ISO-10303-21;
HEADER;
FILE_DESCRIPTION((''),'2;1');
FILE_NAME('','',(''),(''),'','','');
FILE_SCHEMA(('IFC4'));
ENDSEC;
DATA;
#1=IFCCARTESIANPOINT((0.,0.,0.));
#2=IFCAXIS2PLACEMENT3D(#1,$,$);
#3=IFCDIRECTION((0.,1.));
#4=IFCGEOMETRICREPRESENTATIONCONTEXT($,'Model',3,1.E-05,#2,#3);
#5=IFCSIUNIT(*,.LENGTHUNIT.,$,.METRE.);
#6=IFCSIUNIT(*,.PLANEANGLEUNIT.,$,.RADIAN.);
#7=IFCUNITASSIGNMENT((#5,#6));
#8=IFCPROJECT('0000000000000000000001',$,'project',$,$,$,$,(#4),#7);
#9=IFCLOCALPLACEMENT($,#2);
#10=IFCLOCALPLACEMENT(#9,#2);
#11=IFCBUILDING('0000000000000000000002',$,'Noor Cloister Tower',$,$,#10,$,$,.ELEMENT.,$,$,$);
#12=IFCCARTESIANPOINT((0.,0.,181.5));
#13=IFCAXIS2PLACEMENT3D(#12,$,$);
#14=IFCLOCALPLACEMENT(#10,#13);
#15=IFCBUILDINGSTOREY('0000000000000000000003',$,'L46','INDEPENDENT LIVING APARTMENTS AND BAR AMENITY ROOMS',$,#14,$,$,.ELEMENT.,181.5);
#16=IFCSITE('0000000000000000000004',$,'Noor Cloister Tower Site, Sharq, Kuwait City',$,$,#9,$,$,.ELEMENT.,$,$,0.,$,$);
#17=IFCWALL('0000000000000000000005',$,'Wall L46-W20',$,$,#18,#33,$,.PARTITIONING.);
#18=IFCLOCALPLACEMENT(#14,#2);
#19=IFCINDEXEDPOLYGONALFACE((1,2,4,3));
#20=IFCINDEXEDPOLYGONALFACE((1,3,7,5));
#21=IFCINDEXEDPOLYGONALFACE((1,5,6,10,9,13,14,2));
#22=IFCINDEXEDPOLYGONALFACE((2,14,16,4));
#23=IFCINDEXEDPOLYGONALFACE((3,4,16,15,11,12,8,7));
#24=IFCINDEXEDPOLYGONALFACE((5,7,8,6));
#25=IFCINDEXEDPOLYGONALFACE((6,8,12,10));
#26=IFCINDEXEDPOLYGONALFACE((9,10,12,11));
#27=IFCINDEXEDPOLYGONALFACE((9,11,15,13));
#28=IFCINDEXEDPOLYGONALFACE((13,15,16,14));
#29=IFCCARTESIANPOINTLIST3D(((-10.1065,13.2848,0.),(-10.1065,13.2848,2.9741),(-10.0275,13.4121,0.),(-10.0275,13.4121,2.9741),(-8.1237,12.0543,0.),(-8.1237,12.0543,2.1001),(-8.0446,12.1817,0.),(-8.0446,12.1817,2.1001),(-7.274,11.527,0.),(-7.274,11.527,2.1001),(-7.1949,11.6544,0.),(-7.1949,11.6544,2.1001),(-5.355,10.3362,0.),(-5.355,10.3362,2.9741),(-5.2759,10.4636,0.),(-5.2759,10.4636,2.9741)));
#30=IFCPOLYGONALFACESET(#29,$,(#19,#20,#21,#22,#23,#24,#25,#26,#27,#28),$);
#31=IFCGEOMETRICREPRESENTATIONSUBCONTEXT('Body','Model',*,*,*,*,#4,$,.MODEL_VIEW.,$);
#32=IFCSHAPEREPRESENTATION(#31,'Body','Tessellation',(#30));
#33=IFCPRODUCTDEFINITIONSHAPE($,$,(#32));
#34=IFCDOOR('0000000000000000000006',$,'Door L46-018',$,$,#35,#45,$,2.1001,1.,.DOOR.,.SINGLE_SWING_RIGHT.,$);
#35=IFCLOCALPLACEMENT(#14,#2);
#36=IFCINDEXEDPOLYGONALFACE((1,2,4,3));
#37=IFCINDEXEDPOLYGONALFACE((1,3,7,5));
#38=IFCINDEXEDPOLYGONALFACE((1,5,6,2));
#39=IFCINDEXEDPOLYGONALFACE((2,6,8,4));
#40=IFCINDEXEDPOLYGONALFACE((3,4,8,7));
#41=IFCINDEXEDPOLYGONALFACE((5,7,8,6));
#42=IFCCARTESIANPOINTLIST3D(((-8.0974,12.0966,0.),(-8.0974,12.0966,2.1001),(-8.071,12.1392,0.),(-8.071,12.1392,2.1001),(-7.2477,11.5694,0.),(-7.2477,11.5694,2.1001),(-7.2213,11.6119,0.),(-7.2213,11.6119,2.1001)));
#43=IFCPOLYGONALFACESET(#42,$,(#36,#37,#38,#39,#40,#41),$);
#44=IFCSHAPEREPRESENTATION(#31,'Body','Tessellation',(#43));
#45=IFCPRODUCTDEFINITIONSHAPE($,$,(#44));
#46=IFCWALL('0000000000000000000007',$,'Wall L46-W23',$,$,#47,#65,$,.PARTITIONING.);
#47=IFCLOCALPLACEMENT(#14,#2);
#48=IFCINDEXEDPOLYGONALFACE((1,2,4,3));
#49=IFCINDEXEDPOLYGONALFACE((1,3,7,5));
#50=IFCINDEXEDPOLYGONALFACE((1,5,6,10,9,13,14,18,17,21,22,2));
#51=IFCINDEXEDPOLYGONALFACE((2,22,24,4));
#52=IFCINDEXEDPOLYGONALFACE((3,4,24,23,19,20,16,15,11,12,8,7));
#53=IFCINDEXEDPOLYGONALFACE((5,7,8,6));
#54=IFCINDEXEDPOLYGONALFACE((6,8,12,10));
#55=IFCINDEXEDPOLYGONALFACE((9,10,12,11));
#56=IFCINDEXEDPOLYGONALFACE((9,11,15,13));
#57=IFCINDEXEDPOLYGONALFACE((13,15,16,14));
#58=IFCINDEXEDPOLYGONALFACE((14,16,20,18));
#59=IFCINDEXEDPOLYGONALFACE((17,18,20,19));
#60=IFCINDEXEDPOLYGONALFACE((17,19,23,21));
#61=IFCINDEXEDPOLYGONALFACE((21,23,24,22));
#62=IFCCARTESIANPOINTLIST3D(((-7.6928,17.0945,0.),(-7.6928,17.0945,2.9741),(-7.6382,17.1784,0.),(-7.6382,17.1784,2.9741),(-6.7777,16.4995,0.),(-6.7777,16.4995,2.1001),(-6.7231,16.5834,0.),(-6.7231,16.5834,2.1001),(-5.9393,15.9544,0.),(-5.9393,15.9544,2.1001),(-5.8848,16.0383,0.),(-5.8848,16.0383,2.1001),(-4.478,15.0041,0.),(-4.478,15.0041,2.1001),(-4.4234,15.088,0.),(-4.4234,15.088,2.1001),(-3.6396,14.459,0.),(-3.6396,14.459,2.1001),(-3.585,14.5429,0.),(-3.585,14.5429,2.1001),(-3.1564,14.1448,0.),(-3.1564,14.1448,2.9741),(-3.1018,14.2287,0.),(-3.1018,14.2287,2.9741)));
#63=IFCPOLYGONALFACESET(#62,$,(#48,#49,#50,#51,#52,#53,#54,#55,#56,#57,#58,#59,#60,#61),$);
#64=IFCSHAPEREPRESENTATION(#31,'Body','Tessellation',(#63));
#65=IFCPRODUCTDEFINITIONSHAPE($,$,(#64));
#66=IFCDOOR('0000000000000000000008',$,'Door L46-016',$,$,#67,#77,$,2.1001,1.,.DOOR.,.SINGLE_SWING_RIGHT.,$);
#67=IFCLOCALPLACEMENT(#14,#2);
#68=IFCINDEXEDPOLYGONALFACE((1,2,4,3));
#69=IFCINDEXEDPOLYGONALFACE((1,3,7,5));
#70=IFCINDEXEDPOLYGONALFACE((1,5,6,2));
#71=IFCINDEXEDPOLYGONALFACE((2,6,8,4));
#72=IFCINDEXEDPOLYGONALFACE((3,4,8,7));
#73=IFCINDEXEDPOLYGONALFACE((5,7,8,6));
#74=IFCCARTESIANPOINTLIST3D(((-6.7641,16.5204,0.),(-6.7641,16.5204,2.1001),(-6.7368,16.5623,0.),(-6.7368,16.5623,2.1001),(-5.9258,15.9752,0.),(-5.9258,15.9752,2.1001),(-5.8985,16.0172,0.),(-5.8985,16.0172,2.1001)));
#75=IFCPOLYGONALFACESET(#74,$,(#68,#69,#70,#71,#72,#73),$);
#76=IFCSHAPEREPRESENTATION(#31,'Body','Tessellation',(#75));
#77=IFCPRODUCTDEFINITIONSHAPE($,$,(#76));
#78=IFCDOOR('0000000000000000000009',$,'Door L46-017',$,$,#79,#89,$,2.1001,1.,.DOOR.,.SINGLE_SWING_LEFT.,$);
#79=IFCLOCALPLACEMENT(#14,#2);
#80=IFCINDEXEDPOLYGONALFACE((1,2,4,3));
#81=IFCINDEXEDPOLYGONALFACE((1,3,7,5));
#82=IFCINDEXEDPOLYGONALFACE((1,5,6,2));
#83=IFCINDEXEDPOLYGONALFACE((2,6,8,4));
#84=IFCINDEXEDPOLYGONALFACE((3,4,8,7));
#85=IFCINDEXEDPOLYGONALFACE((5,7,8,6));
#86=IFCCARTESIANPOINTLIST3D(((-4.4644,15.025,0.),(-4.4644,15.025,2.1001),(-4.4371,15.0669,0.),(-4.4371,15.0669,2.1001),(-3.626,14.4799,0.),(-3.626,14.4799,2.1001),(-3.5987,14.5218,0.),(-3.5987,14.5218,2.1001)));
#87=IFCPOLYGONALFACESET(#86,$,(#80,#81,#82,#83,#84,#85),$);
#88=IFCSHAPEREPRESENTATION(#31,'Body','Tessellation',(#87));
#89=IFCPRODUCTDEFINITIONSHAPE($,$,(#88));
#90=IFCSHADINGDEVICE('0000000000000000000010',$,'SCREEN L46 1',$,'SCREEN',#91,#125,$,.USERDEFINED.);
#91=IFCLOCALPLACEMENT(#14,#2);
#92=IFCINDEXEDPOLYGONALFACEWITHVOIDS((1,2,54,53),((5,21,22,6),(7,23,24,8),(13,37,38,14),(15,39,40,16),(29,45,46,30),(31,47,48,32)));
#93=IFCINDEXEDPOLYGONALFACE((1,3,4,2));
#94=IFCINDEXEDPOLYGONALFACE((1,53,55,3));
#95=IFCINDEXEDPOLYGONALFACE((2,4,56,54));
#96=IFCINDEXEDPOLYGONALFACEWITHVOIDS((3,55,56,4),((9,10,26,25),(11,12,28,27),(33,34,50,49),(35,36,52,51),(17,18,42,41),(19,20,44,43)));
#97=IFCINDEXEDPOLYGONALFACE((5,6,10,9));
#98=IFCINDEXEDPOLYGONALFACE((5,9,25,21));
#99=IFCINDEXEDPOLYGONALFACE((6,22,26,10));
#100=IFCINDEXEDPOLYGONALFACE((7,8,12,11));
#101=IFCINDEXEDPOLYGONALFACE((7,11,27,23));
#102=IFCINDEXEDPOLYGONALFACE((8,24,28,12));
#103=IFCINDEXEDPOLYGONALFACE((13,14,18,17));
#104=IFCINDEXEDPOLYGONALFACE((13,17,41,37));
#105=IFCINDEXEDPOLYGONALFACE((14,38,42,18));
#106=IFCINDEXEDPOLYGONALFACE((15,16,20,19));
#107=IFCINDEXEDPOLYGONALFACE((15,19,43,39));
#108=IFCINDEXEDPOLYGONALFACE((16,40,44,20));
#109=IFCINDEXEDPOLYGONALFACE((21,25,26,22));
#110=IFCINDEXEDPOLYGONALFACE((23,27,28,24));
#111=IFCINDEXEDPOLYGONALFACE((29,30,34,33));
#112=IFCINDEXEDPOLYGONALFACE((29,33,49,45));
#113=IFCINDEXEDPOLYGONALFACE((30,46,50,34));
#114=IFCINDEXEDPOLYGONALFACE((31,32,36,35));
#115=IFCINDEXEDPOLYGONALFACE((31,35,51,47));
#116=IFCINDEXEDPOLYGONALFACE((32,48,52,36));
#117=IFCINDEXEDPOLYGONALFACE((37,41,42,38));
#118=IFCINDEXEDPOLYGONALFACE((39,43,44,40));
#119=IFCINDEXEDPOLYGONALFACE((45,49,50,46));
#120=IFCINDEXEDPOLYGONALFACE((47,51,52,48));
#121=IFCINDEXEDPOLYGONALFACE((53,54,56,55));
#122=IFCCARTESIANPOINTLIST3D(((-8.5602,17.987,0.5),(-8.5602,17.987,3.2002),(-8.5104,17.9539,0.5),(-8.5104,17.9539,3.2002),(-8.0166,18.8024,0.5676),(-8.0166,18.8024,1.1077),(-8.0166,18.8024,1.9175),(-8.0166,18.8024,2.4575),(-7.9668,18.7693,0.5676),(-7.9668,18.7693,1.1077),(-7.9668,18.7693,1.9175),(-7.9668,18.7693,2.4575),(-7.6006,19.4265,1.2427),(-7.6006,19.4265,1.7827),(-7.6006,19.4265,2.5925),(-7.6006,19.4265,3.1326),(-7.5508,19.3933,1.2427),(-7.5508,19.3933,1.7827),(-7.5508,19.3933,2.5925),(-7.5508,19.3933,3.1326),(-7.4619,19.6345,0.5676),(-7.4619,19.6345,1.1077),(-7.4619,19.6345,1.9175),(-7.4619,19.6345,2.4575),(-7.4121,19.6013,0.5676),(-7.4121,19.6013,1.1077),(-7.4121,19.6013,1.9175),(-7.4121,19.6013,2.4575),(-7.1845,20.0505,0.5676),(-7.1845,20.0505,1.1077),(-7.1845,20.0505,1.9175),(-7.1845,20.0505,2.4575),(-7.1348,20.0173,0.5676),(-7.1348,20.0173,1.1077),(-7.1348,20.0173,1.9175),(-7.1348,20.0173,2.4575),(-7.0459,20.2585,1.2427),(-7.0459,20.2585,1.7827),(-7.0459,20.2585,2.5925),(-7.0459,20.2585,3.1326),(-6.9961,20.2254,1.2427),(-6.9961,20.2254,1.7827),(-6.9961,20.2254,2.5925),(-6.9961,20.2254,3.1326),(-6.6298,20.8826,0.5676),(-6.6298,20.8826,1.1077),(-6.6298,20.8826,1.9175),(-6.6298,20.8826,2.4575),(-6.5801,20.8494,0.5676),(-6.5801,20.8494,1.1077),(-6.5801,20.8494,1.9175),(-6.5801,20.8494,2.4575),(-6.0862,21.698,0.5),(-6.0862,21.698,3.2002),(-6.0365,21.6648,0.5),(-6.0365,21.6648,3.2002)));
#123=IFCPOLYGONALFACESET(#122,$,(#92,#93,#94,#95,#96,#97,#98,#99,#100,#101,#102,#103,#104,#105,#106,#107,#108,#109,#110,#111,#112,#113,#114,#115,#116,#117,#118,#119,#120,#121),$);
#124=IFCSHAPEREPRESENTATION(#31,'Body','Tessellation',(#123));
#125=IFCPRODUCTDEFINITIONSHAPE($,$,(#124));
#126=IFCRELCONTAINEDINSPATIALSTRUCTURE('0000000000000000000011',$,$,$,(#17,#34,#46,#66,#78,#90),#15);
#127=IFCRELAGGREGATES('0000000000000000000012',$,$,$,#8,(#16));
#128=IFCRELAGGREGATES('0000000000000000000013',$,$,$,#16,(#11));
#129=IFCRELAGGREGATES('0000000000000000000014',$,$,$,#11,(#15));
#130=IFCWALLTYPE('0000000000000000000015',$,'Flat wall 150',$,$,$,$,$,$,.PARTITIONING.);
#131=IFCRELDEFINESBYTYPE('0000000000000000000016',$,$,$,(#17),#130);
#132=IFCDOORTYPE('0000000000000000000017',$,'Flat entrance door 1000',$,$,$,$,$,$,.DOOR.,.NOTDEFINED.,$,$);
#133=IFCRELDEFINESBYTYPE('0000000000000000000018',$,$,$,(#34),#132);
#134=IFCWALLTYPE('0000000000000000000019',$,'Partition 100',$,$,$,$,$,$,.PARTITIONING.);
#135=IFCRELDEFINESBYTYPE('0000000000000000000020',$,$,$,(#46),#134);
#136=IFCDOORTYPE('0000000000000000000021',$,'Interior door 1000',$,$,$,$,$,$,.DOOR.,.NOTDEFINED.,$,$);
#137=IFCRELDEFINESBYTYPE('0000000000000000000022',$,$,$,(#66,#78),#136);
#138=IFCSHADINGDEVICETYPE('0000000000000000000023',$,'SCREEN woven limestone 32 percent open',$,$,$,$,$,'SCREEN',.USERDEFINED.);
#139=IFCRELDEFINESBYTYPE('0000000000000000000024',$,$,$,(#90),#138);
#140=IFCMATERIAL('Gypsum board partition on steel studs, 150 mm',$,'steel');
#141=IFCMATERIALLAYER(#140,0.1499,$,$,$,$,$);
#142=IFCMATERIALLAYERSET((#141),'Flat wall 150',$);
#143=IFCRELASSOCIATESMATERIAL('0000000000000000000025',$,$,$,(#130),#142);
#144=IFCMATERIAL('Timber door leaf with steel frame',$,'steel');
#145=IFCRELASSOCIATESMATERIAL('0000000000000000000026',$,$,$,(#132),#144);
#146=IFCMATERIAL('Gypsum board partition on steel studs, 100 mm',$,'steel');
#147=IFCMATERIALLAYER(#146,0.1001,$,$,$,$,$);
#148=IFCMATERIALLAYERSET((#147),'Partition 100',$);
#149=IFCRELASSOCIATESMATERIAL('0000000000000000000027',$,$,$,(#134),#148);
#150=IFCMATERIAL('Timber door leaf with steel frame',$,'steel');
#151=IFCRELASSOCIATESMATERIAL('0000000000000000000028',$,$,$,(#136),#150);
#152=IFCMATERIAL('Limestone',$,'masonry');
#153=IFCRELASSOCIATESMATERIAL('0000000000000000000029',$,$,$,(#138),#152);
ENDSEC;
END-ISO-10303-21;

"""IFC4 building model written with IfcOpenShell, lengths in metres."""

from ifc_helpers import new_model, si_unit, direction, frame, frame_2d, origin, place, context, subcontext, project, spatial, polyline, rectangle, outline, extrude, material, layer, layer_set, material_profile, profile_set, type_object, element, fill, save


model = new_model("IFC4")

# Units and contexts
model_context = context("Model", 3, precision=1e-05, world=origin(), true_north=direction((0.0, 1.0)))
body_context = subcontext(model_context, "Body", "Model", "MODEL_VIEW")
ifc_project = project(units=[si_unit("LENGTHUNIT", "METRE"), si_unit("PLANEANGLEUNIT", "RADIAN")], contexts=[model_context])

# Site, building, storey
site_placement = place(None, origin())
site = spatial("IfcSite", under=ifc_project, at=site_placement, Name="Noor Cloister Tower Site, Sharq, Kuwait City", CompositionType="ELEMENT", RefElevation=0.0)
building_placement = place(site_placement, origin())
building = spatial("IfcBuilding", under=site, at=building_placement, Name="Noor Cloister Tower", CompositionType="ELEMENT")
storey_placement = place(building_placement, frame((0.0, 0.0, 181.5)))
storey = spatial("IfcBuildingStorey", under=building, at=storey_placement, Name="L46", Description="INDEPENDENT LIVING APARTMENTS AND BAR AMENITY ROOMS", CompositionType="ELEMENT", Elevation=181.5)

# Wall, opening, door
ifc_material_1 = material(Name="Gypsum board partition on steel studs, 150 mm", Category="steel")
ifc_layer_1 = layer(ifc_material_1, 0.1499)
ifc_layer_set_1 = layer_set([ifc_layer_1], Name="Flat wall 150")
wall_type_1 = type_object("IfcWallType", Name="Flat wall 150", PredefinedType="PARTITIONING", material=ifc_layer_set_1)
wall_1_placement = place(storey_placement, frame((-10.0669, 13.3484, 0.0), z_axis=(0.0, 0.0, 1.0), x_axis=(0.849696, -0.527273, 0.0)))
wall_1 = element("IfcWall", 1, at=wall_1_placement, inside=storey, type_object=wall_type_1, Name="Wall L46-W20", PredefinedType="PARTITIONING", context=body_context, shape_type="SweptSolid", body=[
    extrude(rectangle(XDim=5.592, YDim=0.1499, at=frame_2d((2.7959, 0.0))), origin(), (0.0, 0.0, 1.0), 2.9741),
])
opening_1_placement = place(wall_1_placement, frame((2.3335, 0.0, 0.0)))
opening_1 = element("IfcOpeningElement", 2, at=opening_1_placement, cuts=wall_1, PredefinedType="OPENING", context=body_context, shape_type="SweptSolid", body=[
    extrude(rectangle(XDim=1.0, YDim=2.1001, at=frame_2d((0.5, 1.05))), frame((0.0, 0.085, 0.0), z_axis=(0.0, -1.0, 0.0), x_axis=(1.0, 0.0, 0.0)), (0.0, 0.0, 1.0), 0.1699),
])
ifc_material_2 = material(Name="Timber door leaf with steel frame", Category="steel")
door_type_1 = type_object("IfcDoorType", Name="Flat entrance door 1000", OperationType="NOTDEFINED", PredefinedType="DOOR", material=ifc_material_2)
door_1_placement = place(opening_1_placement, origin())
door_1 = element("IfcDoor", 3, at=door_1_placement, inside=storey, type_object=door_type_1, Name="Door L46-018", OperationType="SINGLE_SWING_RIGHT", OverallHeight=2.1001, OverallWidth=1.0, PredefinedType="DOOR", context=body_context, shape_type="SweptSolid", body=[
    extrude(rectangle(XDim=1.0, YDim=2.1001, at=frame_2d((0.5, 1.05))), frame((0.0, 0.0249, 0.0), z_axis=(0.0, -1.0, 0.0), x_axis=(1.0, 0.0, 0.0)), (0.0, 0.0, 1.0), 0.05),
])
fill(opening_1, door_1)

# Wall, openings, doors
ifc_material_3 = material(Name="Gypsum board partition on steel studs, 100 mm", Category="steel")
ifc_layer_2 = layer(ifc_material_3, 0.1001)
ifc_layer_set_2 = layer_set([ifc_layer_2], Name="Partition 100")
wall_type_2 = type_object("IfcWallType", Name="Partition 100", PredefinedType="PARTITIONING", material=ifc_layer_set_2)
wall_2_placement = place(storey_placement, frame((-7.6655, 17.1365, 0.0), z_axis=(0.0, 0.0, 1.0), x_axis=(0.838354, -0.545126, 0.0)))
wall_2 = element("IfcWall", 4, at=wall_2_placement, inside=storey, type_object=wall_type_2, Name="Wall L46-W23", PredefinedType="PARTITIONING", context=body_context, shape_type="SweptSolid", body=[
    extrude(rectangle(XDim=5.4111, YDim=0.1001, at=frame_2d((2.7056, 0.0))), origin(), (0.0, 0.0, 1.0), 2.9741),
])
opening_2_placement = place(wall_2_placement, frame((1.0916, 0.0, 0.0)))
opening_2 = element("IfcOpeningElement", 5, at=opening_2_placement, cuts=wall_2, PredefinedType="OPENING", context=body_context, shape_type="SweptSolid", body=[
    extrude(rectangle(XDim=1.0, YDim=2.1001, at=frame_2d((0.5, 1.05))), frame((0.0, 0.0601, 0.0), z_axis=(0.0, -1.0, 0.0), x_axis=(1.0, 0.0, 0.0)), (0.0, 0.0, 1.0), 0.1201),
])
opening_3_placement = place(wall_2_placement, frame((3.8347, 0.0, 0.0)))
opening_3 = element("IfcOpeningElement", 6, at=opening_3_placement, cuts=wall_2, PredefinedType="OPENING", context=body_context, shape_type="SweptSolid", body=[
    extrude(rectangle(XDim=1.0, YDim=2.1001, at=frame_2d((0.5, 1.05))), frame((0.0, 0.0601, 0.0), z_axis=(0.0, -1.0, 0.0), x_axis=(1.0, 0.0, 0.0)), (0.0, 0.0, 1.0), 0.1201),
])
ifc_material_4 = material(Name="Timber door leaf with steel frame", Category="steel")
door_type_2 = type_object("IfcDoorType", Name="Interior door 1000", OperationType="NOTDEFINED", PredefinedType="DOOR", material=ifc_material_4)
door_2_placement = place(opening_2_placement, origin())
door_2 = element("IfcDoor", 7, at=door_2_placement, inside=storey, type_object=door_type_2, Name="Door L46-016", OperationType="SINGLE_SWING_RIGHT", OverallHeight=2.1001, OverallWidth=1.0, PredefinedType="DOOR", context=body_context, shape_type="SweptSolid", body=[
    extrude(rectangle(XDim=1.0, YDim=2.1001, at=frame_2d((0.5, 1.05))), frame((0.0, 0.0249, 0.0), z_axis=(0.0, -1.0, 0.0), x_axis=(1.0, 0.0, 0.0)), (0.0, 0.0, 1.0), 0.05),
])
fill(opening_2, door_2)
door_3_placement = place(opening_3_placement, origin())
door_3 = element("IfcDoor", 8, at=door_3_placement, inside=storey, type_object=door_type_2, Name="Door L46-017", OperationType="SINGLE_SWING_LEFT", OverallHeight=2.1001, OverallWidth=1.0, PredefinedType="DOOR", context=body_context, shape_type="SweptSolid", body=[
    extrude(rectangle(XDim=1.0, YDim=2.1001, at=frame_2d((0.5, 1.05))), frame((0.0, 0.0249, 0.0), z_axis=(0.0, -1.0, 0.0), x_axis=(1.0, 0.0, 0.0)), (0.0, 0.0, 1.0), 0.05),
])
fill(opening_3, door_3)

# Shading device
ifc_material_5 = material(Name="Limestone", Category="masonry")
ifc_material_profile_1 = material_profile(ifc_material_5, outline(polyline([(-2.23, -1.3501), (2.23, -1.3501), (2.23, 1.3501), (-2.23, 1.3501), (-2.23, -1.3501)]), holes=[polyline([(-1.25, -1.2825), (-0.25, -1.2825), (-0.25, -0.7424), (-1.25, -0.7424), (-1.25, -1.2825)]), polyline([(0.25, -1.2825), (1.25, -1.2825), (1.25, -0.7424), (0.25, -0.7424), (0.25, -1.2825)]), polyline([(-0.5, -0.6074), (0.5, -0.6074), (0.5, -0.0674), (-0.5, -0.0674), (-0.5, -0.6074)]), polyline([(-1.25, 0.0674), (-0.25, 0.0674), (-0.25, 0.6074), (-1.25, 0.6074), (-1.25, 0.0674)]), polyline([(0.25, 0.0674), (1.25, 0.0674), (1.25, 0.6074), (0.25, 0.6074), (0.25, 0.0674)]), polyline([(-0.5, 0.7424), (0.5, 0.7424), (0.5, 1.2825), (-0.5, 1.2825), (-0.5, 0.7424)])]), Name="Woven screen 32 percent open")
ifc_profile_set_1 = profile_set([ifc_material_profile_1], Name="Limestone")
shading_device_type = type_object("IfcShadingDeviceType", Name="SCREEN woven limestone 32 percent open", ElementType="SCREEN", PredefinedType="USERDEFINED", material=ifc_profile_set_1)
shading_device_1_placement = place(storey_placement, frame((-7.2734, 19.8093, 1.8501), z_axis=(-0.83205, 0.5547, 0.0), x_axis=(-0.5547, -0.83205, 0.0)))
element("IfcShadingDevice", 9, at=shading_device_1_placement, inside=storey, type_object=shading_device_type, Name="SCREEN L46 1", ObjectType="SCREEN", PredefinedType="USERDEFINED", context=body_context, shape_type="SweptSolid", body=[
    extrude(outline(polyline([(-2.23, -1.3501), (2.23, -1.3501), (2.23, 1.3501), (-2.23, 1.3501), (-2.23, -1.3501)]), holes=[polyline([(-1.25, -1.2825), (-0.25, -1.2825), (-0.25, -0.7424), (-1.25, -0.7424), (-1.25, -1.2825)]), polyline([(0.25, -1.2825), (1.25, -1.2825), (1.25, -0.7424), (0.25, -0.7424), (0.25, -1.2825)]), polyline([(-0.5, -0.6074), (0.5, -0.6074), (0.5, -0.0674), (-0.5, -0.0674), (-0.5, -0.6074)]), polyline([(-1.25, 0.0674), (-0.25, 0.0674), (-0.25, 0.6074), (-1.25, 0.6074), (-1.25, 0.0674)]), polyline([(0.25, 0.0674), (1.25, 0.0674), (1.25, 0.6074), (0.25, 0.6074), (0.25, 0.0674)]), polyline([(-0.5, 0.7424), (0.5, 0.7424), (0.5, 1.2825), (-0.5, 1.2825), (-0.5, 0.7424)])]), origin(), (0.0, 0.0, 1.0), 0.0598),
])

save(model, "model.ifc")
